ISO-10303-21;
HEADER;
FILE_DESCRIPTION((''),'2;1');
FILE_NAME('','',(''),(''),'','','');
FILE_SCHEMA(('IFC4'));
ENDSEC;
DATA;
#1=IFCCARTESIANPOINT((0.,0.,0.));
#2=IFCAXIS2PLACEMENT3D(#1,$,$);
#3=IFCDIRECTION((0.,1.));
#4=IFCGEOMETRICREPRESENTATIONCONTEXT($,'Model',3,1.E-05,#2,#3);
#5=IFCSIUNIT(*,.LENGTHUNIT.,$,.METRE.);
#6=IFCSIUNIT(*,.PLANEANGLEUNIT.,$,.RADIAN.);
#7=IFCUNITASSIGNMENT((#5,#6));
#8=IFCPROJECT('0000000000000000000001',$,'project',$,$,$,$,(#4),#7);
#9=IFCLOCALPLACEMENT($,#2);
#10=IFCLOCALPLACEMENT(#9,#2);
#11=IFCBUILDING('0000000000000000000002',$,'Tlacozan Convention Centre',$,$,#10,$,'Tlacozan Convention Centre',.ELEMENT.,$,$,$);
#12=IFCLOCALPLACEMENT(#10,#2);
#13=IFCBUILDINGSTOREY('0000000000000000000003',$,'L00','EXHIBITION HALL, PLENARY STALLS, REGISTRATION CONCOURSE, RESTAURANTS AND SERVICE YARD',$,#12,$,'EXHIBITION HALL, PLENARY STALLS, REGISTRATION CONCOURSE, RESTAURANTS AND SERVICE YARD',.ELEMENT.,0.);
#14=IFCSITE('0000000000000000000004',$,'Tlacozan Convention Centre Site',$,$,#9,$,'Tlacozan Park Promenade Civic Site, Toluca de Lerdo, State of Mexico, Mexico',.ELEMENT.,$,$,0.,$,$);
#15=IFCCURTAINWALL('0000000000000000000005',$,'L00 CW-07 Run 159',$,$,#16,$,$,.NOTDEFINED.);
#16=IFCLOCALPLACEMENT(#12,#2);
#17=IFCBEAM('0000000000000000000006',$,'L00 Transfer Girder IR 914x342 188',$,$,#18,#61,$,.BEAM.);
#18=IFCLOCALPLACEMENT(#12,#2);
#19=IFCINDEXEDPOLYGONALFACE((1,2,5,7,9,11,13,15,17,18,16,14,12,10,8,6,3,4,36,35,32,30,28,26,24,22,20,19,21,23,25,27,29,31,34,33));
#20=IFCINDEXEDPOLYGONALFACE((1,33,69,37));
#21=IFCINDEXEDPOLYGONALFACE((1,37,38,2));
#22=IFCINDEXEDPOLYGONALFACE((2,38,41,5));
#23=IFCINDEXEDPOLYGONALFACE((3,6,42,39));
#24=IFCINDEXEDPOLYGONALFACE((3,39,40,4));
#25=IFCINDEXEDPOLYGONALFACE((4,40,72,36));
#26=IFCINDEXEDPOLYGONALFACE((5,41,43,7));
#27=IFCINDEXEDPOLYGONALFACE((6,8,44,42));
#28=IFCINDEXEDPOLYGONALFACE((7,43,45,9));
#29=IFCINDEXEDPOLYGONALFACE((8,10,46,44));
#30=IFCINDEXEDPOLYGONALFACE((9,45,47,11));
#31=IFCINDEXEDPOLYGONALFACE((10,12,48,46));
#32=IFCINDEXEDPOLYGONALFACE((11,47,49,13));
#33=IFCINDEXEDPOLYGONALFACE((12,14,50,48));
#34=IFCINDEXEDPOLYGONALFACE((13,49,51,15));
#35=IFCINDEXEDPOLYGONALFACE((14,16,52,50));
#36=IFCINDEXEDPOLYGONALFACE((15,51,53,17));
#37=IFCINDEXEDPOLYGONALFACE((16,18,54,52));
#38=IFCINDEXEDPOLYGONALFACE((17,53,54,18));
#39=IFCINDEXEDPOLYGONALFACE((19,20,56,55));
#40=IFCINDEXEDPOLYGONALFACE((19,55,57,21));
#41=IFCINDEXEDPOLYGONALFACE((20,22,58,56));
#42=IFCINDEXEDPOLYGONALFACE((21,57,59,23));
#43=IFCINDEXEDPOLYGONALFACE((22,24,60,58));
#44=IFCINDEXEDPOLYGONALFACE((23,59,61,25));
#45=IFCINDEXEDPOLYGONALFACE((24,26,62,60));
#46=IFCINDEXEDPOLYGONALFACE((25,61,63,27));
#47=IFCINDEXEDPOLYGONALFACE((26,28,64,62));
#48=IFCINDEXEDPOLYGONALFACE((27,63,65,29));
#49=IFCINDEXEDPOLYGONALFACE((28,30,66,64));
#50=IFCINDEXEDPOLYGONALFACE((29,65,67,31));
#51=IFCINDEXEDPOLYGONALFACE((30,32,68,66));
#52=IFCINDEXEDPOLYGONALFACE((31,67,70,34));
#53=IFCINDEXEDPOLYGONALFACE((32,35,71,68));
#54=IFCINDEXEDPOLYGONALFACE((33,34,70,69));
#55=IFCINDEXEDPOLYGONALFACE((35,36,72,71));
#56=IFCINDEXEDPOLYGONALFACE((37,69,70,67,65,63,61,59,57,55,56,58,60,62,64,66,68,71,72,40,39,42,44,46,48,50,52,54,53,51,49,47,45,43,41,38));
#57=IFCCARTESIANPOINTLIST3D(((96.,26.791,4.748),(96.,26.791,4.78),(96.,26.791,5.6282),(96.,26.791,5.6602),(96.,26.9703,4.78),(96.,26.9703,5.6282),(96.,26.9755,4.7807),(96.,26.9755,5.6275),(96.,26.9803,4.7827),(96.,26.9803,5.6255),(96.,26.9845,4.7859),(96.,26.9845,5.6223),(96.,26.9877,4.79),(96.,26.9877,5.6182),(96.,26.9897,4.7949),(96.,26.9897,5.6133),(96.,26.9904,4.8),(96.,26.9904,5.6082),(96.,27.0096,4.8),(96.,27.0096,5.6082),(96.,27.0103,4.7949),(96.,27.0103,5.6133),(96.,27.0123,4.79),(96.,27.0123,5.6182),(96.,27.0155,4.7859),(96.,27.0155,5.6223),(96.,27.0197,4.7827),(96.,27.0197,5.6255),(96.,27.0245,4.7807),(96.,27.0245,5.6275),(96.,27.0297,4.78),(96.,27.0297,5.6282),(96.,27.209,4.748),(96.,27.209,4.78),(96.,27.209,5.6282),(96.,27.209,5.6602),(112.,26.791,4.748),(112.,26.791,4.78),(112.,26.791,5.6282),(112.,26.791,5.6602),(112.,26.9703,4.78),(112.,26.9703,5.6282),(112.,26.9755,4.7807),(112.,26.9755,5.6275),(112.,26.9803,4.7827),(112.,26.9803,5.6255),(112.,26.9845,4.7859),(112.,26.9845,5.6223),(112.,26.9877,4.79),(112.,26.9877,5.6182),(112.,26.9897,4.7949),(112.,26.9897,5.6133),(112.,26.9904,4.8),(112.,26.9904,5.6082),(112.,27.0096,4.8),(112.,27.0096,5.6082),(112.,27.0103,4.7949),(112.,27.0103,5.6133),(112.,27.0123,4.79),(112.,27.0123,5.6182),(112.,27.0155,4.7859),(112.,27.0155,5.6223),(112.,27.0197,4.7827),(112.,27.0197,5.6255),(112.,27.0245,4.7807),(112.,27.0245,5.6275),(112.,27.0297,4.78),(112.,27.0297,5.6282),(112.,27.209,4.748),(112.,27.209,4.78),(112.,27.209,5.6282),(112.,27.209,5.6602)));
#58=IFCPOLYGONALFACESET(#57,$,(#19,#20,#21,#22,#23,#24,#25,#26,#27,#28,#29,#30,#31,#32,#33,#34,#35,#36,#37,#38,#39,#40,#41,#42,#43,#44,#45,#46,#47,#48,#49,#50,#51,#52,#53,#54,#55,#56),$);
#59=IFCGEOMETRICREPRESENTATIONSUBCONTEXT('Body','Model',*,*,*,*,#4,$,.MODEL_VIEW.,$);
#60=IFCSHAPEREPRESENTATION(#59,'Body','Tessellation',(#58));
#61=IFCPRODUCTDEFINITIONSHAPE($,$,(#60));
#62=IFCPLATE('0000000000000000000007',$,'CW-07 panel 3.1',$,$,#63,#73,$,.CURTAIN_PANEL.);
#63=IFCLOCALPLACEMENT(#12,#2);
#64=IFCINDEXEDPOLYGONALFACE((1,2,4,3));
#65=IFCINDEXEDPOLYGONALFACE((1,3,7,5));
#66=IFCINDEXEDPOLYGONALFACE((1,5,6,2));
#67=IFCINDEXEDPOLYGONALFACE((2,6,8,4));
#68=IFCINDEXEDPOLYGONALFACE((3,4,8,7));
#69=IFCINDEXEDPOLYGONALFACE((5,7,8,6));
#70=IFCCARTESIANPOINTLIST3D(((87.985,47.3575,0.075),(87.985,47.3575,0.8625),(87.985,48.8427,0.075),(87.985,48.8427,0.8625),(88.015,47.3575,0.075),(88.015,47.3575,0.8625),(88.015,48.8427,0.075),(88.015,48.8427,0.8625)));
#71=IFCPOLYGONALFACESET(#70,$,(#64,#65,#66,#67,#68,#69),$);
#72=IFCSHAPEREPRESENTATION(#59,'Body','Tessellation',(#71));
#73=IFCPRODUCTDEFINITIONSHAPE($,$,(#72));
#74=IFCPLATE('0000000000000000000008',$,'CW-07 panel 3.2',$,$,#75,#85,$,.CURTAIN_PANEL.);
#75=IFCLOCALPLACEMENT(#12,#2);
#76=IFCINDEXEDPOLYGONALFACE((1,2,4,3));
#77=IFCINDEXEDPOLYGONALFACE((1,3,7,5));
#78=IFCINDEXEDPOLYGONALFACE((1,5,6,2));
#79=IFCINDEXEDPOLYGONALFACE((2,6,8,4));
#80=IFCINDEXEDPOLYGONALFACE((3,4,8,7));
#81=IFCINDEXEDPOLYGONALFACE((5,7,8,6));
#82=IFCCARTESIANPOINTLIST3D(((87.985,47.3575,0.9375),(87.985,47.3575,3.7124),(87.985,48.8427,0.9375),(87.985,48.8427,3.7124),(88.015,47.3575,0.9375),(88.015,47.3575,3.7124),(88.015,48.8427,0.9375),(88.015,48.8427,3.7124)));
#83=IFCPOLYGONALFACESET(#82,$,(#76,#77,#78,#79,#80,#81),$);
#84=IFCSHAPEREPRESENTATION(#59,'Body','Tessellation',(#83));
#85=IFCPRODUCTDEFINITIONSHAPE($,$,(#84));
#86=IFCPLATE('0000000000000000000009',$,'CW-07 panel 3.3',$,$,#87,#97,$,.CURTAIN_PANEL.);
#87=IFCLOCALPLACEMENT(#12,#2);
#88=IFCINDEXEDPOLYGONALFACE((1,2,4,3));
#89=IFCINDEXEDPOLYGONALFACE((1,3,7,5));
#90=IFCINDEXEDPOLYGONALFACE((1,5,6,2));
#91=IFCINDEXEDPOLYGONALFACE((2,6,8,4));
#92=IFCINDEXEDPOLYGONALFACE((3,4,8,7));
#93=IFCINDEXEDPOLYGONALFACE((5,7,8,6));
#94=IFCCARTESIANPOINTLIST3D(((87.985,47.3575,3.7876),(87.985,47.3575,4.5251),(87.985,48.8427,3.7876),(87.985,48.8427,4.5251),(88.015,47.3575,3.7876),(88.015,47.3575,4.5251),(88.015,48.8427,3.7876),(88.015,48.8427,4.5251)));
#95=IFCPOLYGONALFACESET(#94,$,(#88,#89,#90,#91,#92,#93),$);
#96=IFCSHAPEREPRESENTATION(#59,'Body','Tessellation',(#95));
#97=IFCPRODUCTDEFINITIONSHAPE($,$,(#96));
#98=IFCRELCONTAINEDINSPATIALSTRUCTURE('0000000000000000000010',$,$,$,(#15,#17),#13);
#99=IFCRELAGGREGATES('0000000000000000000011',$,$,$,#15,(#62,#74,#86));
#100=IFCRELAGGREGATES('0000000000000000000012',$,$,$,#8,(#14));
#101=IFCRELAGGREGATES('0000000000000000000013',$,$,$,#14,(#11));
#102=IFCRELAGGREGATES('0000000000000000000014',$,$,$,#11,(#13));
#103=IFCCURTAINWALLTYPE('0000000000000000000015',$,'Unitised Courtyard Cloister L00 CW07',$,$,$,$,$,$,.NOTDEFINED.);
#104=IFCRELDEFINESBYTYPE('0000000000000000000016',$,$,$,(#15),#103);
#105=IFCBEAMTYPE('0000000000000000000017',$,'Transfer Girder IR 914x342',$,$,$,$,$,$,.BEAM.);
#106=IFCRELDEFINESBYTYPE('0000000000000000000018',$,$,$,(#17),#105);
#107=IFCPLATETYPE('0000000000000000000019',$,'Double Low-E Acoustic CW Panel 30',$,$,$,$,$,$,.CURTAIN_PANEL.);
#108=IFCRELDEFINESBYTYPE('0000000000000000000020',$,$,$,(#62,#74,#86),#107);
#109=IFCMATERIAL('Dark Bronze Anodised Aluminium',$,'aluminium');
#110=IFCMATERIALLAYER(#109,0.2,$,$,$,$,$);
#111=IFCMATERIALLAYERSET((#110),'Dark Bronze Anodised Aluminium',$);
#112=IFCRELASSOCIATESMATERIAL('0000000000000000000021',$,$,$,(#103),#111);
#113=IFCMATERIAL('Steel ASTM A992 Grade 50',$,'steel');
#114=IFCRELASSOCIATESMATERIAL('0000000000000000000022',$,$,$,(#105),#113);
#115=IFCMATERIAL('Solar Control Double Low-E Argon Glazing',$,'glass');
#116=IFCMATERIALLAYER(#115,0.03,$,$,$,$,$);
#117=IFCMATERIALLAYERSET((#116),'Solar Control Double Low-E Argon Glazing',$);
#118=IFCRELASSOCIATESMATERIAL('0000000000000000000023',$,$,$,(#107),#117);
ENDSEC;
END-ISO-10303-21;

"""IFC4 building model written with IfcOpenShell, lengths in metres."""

from ifc_helpers import new_model, si_unit, direction, frame, origin, origin_2d, place, context, subcontext, project, spatial, rectangle, i_section, extrude, material, layer, layer_set, material_profile, profile_set, type_object, element, aggregate, save


model = new_model("IFC4")

# Units and contexts
model_context = context("Model", 3, precision=1e-05, world=origin(), true_north=direction((0.0, 1.0)))
body_context = subcontext(model_context, "Body", "Model", "MODEL_VIEW")
ifc_project = project(units=[si_unit("LENGTHUNIT", "METRE"), si_unit("PLANEANGLEUNIT", "RADIAN")], contexts=[model_context])

# Site, building, storey
site_placement = place(None, origin())
site = spatial("IfcSite", under=ifc_project, at=site_placement, Name="Tlacozan Convention Centre Site", LongName="Tlacozan Park Promenade Civic Site, Toluca de Lerdo, State of Mexico, Mexico", CompositionType="ELEMENT", RefElevation=0.0)
building_placement = place(site_placement, origin())
building = spatial("IfcBuilding", under=site, at=building_placement, Name="Tlacozan Convention Centre", LongName="Tlacozan Convention Centre", CompositionType="ELEMENT")
storey_placement = place(building_placement, origin())
storey = spatial("IfcBuildingStorey", under=building, at=storey_placement, Name="L00", Description="EXHIBITION HALL, PLENARY STALLS, REGISTRATION CONCOURSE, RESTAURANTS AND SERVICE YARD", LongName="EXHIBITION HALL, PLENARY STALLS, REGISTRATION CONCOURSE, RESTAURANTS AND SERVICE YARD", CompositionType="ELEMENT", Elevation=0.0)

# Shared definitions
ifc_material_1 = material(Name="Steel ASTM A992 Grade 50", Category="steel")

# Curtain wall
ifc_material_2 = material(Name="Dark Bronze Anodised Aluminium", Category="aluminium")
ifc_layer_1 = layer(ifc_material_2, 0.2)
ifc_layer_set_1 = layer_set([ifc_layer_1], Name="Dark Bronze Anodised Aluminium")
curtain_wall_type = type_object("IfcCurtainWallType", Name="Unitised Courtyard Cloister L00 CW07", PredefinedType="NOTDEFINED", material=ifc_layer_set_1)
curtain_wall_placement = place(storey_placement, origin())
curtain_wall = element("IfcCurtainWall", 1, at=curtain_wall_placement, inside=storey, type_object=curtain_wall_type, Name="L00 CW-07 Run 159", PredefinedType="NOTDEFINED")

# Beam
ifc_material_profile_1 = material_profile(ifc_material_1, i_section(OverallWidth=0.418, OverallDepth=0.9121, WebThickness=0.0193, FlangeThickness=0.032, FilletRadius=0.02, at=origin_2d()), Name="IR 914x342.0")
ifc_profile_set_1 = profile_set([ifc_material_profile_1], Name="Steel ASTM A992 Grade 50")
beam_type_1 = type_object("IfcBeamType", Name="Transfer Girder IR 914x342", PredefinedType="BEAM", material=ifc_profile_set_1)
beam_1_placement = place(storey_placement, frame((96.0, 27.0, 5.2041), z_axis=(1.0, 0.0, 0.0), x_axis=(0.0, 1.0, 0.0)))
element("IfcBeam", 2, at=beam_1_placement, inside=storey, type_object=beam_type_1, Name="L00 Transfer Girder IR 914x342 188", PredefinedType="BEAM", context=body_context, shape_type="SweptSolid", body=[
    extrude(i_section(OverallWidth=0.418, OverallDepth=0.9121, WebThickness=0.0193, FlangeThickness=0.032, FilletRadius=0.02, at=origin_2d()), origin(), (0.0, 0.0, 1.0), 16.0),
])

# Plates
ifc_material_3 = material(Name="Solar Control Double Low-E Argon Glazing", Category="glass")
ifc_layer_2 = layer(ifc_material_3, 0.03)
ifc_layer_set_2 = layer_set([ifc_layer_2], Name="Solar Control Double Low-E Argon Glazing")
plate_type = type_object("IfcPlateType", Name="Double Low-E Acoustic CW Panel 30", PredefinedType="CURTAIN_PANEL", material=ifc_layer_set_2)
plate_1_placement = place(storey_placement, frame((88.0, 48.1001, 0.075), z_axis=(0.0, 0.0, 1.0), x_axis=(0.0, 1.0, 0.0)))
plate_1 = element("IfcPlate", 3, at=plate_1_placement, type_object=plate_type, Name="CW-07 panel 3.1", PredefinedType="CURTAIN_PANEL", context=body_context, shape_type="SweptSolid", body=[
    extrude(rectangle(XDim=1.4851, YDim=0.03, at=origin_2d()), origin(), (0.0, 0.0, 1.0), 0.7876),
])
plate_2_placement = place(storey_placement, frame((88.0, 48.1001, 0.9375), z_axis=(0.0, 0.0, 1.0), x_axis=(0.0, 1.0, 0.0)))
plate_2 = element("IfcPlate", 4, at=plate_2_placement, type_object=plate_type, Name="CW-07 panel 3.2", PredefinedType="CURTAIN_PANEL", context=body_context, shape_type="SweptSolid", body=[
    extrude(rectangle(XDim=1.4851, YDim=0.03, at=origin_2d()), origin(), (0.0, 0.0, 1.0), 2.7749),
])
plate_3_placement = place(storey_placement, frame((88.0, 48.1001, 3.7876), z_axis=(0.0, 0.0, 1.0), x_axis=(0.0, 1.0, 0.0)))
plate_3 = element("IfcPlate", 5, at=plate_3_placement, type_object=plate_type, Name="CW-07 panel 3.3", PredefinedType="CURTAIN_PANEL", context=body_context, shape_type="SweptSolid", body=[
    extrude(rectangle(XDim=1.4851, YDim=0.03, at=origin_2d()), origin(), (0.0, 0.0, 1.0), 0.7375),
])
aggregate(curtain_wall, [plate_1, plate_2, plate_3])

save(model, "model.ifc")
